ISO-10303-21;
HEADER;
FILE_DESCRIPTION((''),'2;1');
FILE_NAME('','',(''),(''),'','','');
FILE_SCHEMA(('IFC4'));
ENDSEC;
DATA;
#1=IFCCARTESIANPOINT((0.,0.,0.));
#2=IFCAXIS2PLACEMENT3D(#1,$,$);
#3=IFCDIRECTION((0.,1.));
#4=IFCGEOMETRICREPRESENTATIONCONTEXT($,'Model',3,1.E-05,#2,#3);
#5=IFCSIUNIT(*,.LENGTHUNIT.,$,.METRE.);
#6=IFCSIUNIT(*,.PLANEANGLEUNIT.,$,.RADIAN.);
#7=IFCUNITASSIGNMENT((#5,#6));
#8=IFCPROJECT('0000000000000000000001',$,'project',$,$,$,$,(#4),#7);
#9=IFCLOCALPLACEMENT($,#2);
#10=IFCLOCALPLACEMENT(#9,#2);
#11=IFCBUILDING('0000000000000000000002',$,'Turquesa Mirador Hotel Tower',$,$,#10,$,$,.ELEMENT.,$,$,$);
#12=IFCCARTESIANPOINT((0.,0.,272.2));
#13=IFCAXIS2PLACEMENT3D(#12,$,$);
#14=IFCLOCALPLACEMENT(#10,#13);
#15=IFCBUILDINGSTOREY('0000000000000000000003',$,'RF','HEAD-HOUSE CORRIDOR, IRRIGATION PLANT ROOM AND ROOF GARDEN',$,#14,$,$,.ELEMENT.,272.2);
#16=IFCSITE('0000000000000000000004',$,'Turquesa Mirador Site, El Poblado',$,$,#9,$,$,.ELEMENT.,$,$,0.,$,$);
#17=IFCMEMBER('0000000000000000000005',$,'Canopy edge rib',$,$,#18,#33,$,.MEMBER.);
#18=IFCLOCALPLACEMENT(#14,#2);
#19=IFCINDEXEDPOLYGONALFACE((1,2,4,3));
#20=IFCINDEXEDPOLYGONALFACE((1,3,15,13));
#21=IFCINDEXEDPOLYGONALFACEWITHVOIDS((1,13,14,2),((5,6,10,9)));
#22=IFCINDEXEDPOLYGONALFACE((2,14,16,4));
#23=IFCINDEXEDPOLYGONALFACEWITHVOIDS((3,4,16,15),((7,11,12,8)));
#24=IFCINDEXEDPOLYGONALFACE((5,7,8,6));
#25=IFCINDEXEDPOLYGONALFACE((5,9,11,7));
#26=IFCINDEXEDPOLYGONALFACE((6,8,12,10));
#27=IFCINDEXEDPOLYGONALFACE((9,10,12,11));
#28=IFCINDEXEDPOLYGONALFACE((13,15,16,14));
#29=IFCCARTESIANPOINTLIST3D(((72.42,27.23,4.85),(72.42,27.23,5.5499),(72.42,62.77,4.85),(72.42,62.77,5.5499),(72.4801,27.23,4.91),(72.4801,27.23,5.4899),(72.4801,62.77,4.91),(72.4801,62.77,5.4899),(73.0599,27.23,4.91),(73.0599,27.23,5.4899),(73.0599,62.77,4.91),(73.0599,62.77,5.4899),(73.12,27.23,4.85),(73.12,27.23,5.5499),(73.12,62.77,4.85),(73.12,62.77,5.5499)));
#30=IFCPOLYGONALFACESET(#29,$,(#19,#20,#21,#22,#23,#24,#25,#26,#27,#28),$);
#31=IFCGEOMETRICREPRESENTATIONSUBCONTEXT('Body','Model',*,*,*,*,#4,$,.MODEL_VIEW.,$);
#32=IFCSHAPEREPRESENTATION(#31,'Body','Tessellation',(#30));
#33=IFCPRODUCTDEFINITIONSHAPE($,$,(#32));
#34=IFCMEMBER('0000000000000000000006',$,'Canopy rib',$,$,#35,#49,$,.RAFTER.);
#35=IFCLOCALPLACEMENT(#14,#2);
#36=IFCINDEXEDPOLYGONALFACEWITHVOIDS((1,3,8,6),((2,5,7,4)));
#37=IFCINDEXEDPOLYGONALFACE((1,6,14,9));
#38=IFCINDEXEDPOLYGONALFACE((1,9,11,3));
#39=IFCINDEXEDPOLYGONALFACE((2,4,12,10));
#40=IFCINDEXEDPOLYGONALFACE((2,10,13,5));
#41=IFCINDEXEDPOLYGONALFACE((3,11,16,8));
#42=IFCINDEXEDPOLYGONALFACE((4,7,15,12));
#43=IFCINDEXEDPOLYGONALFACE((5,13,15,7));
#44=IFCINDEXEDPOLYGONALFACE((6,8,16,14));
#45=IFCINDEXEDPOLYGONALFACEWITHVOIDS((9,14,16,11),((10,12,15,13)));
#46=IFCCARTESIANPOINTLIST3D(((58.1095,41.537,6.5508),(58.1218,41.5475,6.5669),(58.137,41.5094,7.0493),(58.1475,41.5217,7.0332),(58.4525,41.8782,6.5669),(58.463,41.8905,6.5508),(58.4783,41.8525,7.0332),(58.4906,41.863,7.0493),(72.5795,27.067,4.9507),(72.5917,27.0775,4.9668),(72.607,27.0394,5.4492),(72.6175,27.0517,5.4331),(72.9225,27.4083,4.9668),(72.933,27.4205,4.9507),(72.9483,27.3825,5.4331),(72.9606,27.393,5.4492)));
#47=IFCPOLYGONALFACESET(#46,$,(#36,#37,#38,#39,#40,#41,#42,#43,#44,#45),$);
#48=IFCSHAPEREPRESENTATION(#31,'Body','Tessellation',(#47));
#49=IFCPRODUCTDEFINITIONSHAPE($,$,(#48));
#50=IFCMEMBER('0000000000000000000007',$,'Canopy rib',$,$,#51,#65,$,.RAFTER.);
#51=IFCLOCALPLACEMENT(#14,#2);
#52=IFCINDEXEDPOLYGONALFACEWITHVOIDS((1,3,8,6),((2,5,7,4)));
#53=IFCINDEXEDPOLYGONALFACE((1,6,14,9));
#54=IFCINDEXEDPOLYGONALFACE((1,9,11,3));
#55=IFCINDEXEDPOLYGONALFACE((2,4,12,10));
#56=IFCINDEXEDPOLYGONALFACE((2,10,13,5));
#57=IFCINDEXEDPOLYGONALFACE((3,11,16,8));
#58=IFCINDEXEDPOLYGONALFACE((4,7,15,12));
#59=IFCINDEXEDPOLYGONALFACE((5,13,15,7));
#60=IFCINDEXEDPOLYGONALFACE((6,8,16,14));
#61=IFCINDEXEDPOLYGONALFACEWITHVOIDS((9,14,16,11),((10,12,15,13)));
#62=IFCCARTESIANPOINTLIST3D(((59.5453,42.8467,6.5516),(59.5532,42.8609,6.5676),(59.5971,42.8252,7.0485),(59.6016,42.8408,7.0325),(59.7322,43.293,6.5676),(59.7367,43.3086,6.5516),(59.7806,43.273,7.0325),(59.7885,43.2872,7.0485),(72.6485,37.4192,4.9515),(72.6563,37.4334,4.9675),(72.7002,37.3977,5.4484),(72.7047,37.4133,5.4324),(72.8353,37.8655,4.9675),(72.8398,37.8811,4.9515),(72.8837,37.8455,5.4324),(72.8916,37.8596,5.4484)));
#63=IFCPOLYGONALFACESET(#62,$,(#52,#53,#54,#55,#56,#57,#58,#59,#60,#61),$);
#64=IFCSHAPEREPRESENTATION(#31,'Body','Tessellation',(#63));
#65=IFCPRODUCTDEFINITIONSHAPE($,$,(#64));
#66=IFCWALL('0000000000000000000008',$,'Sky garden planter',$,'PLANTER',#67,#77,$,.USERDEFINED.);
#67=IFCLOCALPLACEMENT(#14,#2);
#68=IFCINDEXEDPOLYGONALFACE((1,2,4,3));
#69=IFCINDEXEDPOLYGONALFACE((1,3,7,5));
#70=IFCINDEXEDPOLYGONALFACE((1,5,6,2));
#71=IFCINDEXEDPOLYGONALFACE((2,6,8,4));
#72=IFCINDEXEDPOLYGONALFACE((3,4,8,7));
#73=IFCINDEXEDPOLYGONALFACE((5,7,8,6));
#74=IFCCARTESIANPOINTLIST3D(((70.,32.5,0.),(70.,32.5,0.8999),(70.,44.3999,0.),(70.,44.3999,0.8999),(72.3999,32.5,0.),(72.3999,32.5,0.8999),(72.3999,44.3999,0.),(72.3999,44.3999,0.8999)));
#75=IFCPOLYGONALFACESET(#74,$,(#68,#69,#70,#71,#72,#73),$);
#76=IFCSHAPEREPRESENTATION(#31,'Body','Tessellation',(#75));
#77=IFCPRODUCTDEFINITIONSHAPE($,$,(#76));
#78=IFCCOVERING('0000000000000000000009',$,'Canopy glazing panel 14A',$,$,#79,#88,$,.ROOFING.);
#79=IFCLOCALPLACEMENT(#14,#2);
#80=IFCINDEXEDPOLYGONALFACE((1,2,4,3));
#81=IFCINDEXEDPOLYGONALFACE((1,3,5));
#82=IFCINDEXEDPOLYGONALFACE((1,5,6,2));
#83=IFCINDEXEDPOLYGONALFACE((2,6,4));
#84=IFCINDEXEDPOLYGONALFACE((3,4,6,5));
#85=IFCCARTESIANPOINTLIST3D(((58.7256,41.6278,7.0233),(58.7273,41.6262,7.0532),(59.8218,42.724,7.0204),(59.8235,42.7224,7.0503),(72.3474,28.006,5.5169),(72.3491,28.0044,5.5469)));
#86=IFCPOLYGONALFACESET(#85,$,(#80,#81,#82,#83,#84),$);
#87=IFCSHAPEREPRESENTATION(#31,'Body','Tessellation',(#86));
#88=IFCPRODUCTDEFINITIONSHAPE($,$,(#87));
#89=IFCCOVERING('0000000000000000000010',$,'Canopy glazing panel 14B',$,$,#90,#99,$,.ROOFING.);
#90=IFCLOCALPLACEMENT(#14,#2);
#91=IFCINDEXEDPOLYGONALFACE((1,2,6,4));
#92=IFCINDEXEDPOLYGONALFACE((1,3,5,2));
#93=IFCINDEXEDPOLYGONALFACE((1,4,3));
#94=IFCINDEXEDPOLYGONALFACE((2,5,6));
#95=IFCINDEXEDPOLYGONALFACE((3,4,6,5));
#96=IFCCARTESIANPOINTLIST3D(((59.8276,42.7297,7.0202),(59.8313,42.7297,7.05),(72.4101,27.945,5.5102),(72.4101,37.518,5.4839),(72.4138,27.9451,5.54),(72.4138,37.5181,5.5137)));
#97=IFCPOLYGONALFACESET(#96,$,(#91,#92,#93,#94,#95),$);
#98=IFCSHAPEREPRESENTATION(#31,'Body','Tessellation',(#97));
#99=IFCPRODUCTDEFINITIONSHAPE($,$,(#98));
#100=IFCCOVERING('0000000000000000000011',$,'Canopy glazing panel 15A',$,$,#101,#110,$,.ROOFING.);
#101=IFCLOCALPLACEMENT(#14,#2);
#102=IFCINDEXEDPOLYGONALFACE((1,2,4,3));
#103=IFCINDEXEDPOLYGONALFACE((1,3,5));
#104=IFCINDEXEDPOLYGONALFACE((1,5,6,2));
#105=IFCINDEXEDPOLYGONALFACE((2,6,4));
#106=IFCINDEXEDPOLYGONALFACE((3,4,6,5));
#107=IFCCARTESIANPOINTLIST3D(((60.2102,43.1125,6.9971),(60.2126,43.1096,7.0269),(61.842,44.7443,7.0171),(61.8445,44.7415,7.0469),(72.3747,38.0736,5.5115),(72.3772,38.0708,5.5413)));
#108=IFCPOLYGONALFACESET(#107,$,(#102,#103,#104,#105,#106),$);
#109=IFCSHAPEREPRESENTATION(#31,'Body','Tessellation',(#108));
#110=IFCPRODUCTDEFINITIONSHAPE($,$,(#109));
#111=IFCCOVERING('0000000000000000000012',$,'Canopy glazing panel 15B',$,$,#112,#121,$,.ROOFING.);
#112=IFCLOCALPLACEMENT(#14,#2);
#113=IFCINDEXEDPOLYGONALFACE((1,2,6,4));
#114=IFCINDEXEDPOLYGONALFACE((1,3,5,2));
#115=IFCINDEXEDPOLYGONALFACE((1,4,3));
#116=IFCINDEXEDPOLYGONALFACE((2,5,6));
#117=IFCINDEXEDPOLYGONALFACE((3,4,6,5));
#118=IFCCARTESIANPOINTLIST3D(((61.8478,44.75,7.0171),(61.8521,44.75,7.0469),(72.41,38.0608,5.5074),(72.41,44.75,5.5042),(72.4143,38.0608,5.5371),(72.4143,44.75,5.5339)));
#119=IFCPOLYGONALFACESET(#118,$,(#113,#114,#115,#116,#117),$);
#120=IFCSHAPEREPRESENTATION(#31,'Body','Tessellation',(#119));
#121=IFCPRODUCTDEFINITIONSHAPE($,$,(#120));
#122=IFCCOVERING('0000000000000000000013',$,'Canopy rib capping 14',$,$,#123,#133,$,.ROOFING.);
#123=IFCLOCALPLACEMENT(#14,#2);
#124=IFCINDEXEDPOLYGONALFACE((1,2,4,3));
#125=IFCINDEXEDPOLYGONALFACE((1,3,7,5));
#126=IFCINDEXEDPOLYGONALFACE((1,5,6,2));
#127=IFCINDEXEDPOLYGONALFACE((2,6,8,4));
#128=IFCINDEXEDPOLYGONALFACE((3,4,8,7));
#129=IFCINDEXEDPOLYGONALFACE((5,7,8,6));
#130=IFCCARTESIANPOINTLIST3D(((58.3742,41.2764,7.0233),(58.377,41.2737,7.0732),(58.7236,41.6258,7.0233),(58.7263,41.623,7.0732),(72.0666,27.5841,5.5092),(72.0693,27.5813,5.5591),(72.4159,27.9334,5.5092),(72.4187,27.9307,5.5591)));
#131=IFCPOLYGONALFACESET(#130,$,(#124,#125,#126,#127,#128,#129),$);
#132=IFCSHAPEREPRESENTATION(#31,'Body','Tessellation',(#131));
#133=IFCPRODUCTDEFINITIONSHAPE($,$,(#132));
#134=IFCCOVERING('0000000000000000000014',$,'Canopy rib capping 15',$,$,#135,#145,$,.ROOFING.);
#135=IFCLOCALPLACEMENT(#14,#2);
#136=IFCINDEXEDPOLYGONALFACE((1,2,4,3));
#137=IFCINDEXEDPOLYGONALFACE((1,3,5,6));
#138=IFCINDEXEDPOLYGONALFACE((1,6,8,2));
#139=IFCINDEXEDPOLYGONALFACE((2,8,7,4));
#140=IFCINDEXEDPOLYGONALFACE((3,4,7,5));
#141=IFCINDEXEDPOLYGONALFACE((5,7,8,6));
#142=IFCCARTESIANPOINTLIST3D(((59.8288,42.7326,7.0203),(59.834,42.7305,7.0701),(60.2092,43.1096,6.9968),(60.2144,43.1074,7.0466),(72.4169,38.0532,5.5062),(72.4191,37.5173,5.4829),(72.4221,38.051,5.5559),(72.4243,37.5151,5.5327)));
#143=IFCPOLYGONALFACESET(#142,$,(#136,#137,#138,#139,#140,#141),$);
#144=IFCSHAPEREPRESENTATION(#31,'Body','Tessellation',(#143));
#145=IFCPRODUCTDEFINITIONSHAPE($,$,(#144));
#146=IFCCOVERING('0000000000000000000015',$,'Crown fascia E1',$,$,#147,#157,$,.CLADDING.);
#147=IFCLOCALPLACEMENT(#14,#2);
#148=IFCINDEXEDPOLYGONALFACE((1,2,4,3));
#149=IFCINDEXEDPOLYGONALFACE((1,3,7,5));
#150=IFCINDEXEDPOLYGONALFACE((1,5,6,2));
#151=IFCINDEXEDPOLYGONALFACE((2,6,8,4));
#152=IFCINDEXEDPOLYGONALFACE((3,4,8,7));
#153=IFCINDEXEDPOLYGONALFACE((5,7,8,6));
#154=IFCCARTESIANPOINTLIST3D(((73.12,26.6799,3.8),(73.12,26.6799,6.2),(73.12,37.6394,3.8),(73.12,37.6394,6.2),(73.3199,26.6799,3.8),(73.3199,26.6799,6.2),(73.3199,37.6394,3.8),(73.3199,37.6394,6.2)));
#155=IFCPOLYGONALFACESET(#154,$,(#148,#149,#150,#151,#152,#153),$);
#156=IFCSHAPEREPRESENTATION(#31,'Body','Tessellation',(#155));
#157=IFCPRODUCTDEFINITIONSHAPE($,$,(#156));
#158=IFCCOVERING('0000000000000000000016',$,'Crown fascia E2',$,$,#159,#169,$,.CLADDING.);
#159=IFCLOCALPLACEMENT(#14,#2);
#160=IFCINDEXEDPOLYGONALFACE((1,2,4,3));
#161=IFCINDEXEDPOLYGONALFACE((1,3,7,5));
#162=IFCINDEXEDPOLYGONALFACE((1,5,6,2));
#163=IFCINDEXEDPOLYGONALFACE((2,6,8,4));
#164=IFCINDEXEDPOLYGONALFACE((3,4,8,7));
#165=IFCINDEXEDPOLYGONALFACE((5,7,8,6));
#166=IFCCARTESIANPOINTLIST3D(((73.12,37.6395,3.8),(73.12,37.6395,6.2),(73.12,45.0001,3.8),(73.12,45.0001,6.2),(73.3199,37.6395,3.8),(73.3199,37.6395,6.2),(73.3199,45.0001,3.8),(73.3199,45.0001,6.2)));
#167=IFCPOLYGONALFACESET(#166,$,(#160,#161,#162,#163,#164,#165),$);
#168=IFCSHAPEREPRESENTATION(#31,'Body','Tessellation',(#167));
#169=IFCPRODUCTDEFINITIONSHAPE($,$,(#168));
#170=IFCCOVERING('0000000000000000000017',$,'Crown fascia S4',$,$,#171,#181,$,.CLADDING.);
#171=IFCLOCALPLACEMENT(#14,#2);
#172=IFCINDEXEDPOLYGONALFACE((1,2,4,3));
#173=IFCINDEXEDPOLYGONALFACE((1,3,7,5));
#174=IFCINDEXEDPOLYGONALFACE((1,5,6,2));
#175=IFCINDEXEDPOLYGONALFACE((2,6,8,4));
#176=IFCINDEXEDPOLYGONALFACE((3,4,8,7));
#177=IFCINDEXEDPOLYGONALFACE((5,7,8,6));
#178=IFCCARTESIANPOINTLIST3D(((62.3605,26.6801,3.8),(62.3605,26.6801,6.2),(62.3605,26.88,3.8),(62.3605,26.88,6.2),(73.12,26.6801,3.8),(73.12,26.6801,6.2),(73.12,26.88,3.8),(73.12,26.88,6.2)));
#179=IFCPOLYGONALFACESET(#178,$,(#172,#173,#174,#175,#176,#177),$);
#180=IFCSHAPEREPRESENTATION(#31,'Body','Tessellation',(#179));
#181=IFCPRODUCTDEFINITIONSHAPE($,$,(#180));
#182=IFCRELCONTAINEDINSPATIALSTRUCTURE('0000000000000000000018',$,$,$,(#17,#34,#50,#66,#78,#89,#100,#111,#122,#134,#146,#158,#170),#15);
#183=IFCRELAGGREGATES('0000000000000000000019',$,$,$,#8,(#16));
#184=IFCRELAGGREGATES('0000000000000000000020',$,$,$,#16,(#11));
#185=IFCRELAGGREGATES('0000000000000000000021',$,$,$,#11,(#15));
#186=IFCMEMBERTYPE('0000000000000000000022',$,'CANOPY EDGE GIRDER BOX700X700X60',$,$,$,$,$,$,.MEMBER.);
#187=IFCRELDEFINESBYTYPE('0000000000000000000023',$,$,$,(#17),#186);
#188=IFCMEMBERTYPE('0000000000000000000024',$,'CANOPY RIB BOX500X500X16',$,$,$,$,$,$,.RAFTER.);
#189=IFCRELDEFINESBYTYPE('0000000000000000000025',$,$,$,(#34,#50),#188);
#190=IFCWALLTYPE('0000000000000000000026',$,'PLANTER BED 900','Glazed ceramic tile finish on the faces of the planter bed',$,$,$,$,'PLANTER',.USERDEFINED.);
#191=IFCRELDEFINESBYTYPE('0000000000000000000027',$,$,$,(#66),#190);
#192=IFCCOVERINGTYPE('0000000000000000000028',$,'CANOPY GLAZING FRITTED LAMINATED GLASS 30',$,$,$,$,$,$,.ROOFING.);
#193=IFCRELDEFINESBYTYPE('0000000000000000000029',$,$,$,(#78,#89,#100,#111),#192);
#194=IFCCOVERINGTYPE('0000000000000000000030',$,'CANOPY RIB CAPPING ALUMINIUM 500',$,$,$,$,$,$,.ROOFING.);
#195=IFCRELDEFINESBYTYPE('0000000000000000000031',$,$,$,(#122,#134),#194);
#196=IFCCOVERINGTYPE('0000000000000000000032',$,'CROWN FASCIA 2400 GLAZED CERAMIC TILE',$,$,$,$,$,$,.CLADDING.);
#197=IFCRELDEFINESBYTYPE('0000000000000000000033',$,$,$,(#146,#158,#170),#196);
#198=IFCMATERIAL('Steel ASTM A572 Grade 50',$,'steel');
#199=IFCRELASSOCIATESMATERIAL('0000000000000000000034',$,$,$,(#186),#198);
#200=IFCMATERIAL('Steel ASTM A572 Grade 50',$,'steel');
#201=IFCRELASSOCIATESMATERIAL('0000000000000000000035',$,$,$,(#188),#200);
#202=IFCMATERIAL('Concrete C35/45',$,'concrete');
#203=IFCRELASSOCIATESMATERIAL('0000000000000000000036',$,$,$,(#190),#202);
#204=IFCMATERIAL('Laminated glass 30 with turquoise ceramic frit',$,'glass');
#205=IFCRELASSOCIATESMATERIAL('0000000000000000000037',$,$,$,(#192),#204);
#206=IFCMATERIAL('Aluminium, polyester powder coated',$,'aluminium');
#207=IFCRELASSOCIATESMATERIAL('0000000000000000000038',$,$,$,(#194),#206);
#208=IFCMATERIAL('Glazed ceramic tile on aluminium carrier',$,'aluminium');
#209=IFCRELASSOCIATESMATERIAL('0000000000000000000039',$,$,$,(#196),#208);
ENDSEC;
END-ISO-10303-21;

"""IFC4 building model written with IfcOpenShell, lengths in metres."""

from ifc_helpers import new_model, si_unit, direction, frame, origin, origin_2d, place, context, subcontext, project, spatial, polyline, rectangle, hollow_rectangle, outline, extrude, material, material_profile, profile_set, type_object, element, save


model = new_model("IFC4")

# Units and contexts
model_context = context("Model", 3, precision=1e-05, world=origin(), true_north=direction((0.0, 1.0)))
body_context = subcontext(model_context, "Body", "Model", "MODEL_VIEW")
ifc_project = project(units=[si_unit("LENGTHUNIT", "METRE"), si_unit("PLANEANGLEUNIT", "RADIAN")], contexts=[model_context])

# Site, building, storey
site_placement = place(None, origin())
site = spatial("IfcSite", under=ifc_project, at=site_placement, Name="Turquesa Mirador Site, El Poblado", CompositionType="ELEMENT", RefElevation=0.0)
building_placement = place(site_placement, origin())
building = spatial("IfcBuilding", under=site, at=building_placement, Name="Turquesa Mirador Hotel Tower", CompositionType="ELEMENT")
storey_placement = place(building_placement, frame((0.0, 0.0, 272.2)))
storey = spatial("IfcBuildingStorey", under=building, at=storey_placement, Name="RF", Description="HEAD-HOUSE CORRIDOR, IRRIGATION PLANT ROOM AND ROOF GARDEN", CompositionType="ELEMENT", Elevation=272.2)

# Members
ifc_material_1 = material(Name="Steel ASTM A572 Grade 50", Category="steel")
ifc_material_profile_1 = material_profile(ifc_material_1, hollow_rectangle(XDim=0.7, YDim=0.7, WallThickness=0.0601, at=origin_2d()), Name="BOX700X700X60")
ifc_profile_set_1 = profile_set([ifc_material_profile_1], Name="Steel ASTM A572 Grade 50")
member_type_1 = type_object("IfcMemberType", Name="CANOPY EDGE GIRDER BOX700X700X60", PredefinedType="MEMBER", material=ifc_profile_set_1)
member_1_placement = place(storey_placement, frame((72.77, 27.23, 5.2), z_axis=(0.0, 1.0, 0.0), x_axis=(-1.0, 0.0, 0.0)))
element("IfcMember", 1, at=member_1_placement, inside=storey, type_object=member_type_1, Name="Canopy edge rib", PredefinedType="MEMBER", context=body_context, shape_type="SweptSolid", body=[
    extrude(hollow_rectangle(XDim=0.7, YDim=0.7, WallThickness=0.0601, at=origin_2d()), origin(), (0.0, 0.0, 1.0), 35.54),
])
ifc_material_2 = material(Name="Steel ASTM A572 Grade 50", Category="steel")
ifc_material_profile_2 = material_profile(ifc_material_2, hollow_rectangle(XDim=0.5, YDim=0.5, WallThickness=0.0161, at=origin_2d()), Name="BOX500X500X16")
ifc_profile_set_2 = profile_set([ifc_material_profile_2], Name="Steel ASTM A572 Grade 50")
member_type_2 = type_object("IfcMemberType", Name="CANOPY RIB BOX500X500X16", PredefinedType="RAFTER", material=ifc_profile_set_2)
member_2_placement = place(storey_placement, frame((72.77, 27.23, 5.2), z_axis=(-0.704955, 0.704955, 0.077954), x_axis=(-0.707107, -0.707107, 0.0)))
element("IfcMember", 2, at=member_2_placement, inside=storey, type_object=member_type_2, Name="Canopy rib", PredefinedType="RAFTER", context=body_context, shape_type="SweptSolid", body=[
    extrude(hollow_rectangle(XDim=0.5, YDim=0.5, WallThickness=0.0161, at=origin_2d()), origin(), (0.0, 0.0, 1.0), 20.5261),
])
member_3_placement = place(storey_placement, frame((72.77, 37.6394, 5.2), z_axis=(-0.918054, 0.380273, 0.11211), x_axis=(-0.382686, -0.923879, 0.0)))
element("IfcMember", 3, at=member_3_placement, inside=storey, type_object=member_type_2, Name="Canopy rib", PredefinedType="RAFTER", context=body_context, shape_type="SweptSolid", body=[
    extrude(hollow_rectangle(XDim=0.5, YDim=0.5, WallThickness=0.0161, at=origin_2d()), origin(), (0.0, 0.0, 1.0), 14.2727),
])

# Wall
ifc_material_3 = material(Name="Concrete C35/45", Category="concrete")
wall_type = type_object("IfcWallType", Name="PLANTER BED 900", Description="Glazed ceramic tile finish on the faces of the planter bed", ElementType="PLANTER", PredefinedType="USERDEFINED", material=ifc_material_3)
wall_placement = place(storey_placement, frame((71.2, 38.45, 0.0), z_axis=(0.0, 0.0, 1.0), x_axis=(1.0, 0.0, 0.0)))
element("IfcWall", 4, at=wall_placement, inside=storey, type_object=wall_type, Name="Sky garden planter", ObjectType="PLANTER", PredefinedType="USERDEFINED", context=body_context, shape_type="SweptSolid", body=[
    extrude(rectangle(XDim=2.3999, YDim=11.8999, at=origin_2d()), origin(), (0.0, 0.0, 1.0), 0.8999),
])

# Coverings
ifc_material_4 = material(Name="Laminated glass 30 with turquoise ceramic frit", Category="glass")
covering_type_1 = type_object("IfcCoveringType", Name="CANOPY GLAZING FRITTED LAMINATED GLASS 30", PredefinedType="ROOFING", material=ifc_material_4)
covering_1_placement = place(storey_placement, frame((72.3491, 28.0044, 5.5469), z_axis=(0.056456, -0.053791, 0.996955), x_axis=(-0.704955, 0.704955, 0.077956)))
element("IfcCovering", 5, at=covering_1_placement, inside=storey, type_object=covering_type_1, Name="Canopy glazing panel 14A", PredefinedType="ROOFING", context=body_context, shape_type="SweptSolid", body=[
    extrude(outline(polyline([(0.0, 0.0), (19.323, 0.0), (19.3227, -1.5503), (0.0, 0.0)])), origin(), (0.0, 0.0, -1.0), 0.03),
])
covering_2_placement = place(storey_placement, frame((72.4138, 27.9451, 5.54), z_axis=(0.122319, 0.002734, 0.992487), x_axis=(-0.646162, 0.759251, 0.077545)))
element("IfcCovering", 6, at=covering_2_placement, inside=storey, type_object=covering_type_1, Name="Canopy glazing panel 14B", PredefinedType="ROOFING", context=body_context, shape_type="SweptSolid", body=[
    extrude(outline(polyline([(0.0, 0.0), (19.4727, 0.0), (7.2663, -6.2325), (0.0, 0.0)])), origin(), (0.0, 0.0, -1.0), 0.03),
])
covering_3_placement = place(storey_placement, frame((72.3772, 38.0708, 5.5413), z_axis=(0.082112, -0.094284, 0.992153), x_axis=(-0.918052, 0.380277, 0.112117)))
element("IfcCovering", 7, at=covering_3_placement, inside=storey, type_object=covering_type_1, Name="Canopy glazing panel 15A", PredefinedType="ROOFING", context=body_context, shape_type="SweptSolid", body=[
    extrude(outline(polyline([(0.0, 0.0), (13.2504, 0.0), (12.3751, -2.1354), (0.0, 0.0)])), origin(), (0.0, 0.0, -1.0), 0.03),
])
covering_4_placement = place(storey_placement, frame((72.4143, 38.0608, 5.5371), z_axis=(0.141793, 0.00047, 0.989896), x_axis=(-0.838734, 0.531181, 0.119888)))
element("IfcCovering", 8, at=covering_4_placement, inside=storey, type_object=covering_type_1, Name="Canopy glazing panel 15B", PredefinedType="ROOFING", context=body_context, shape_type="SweptSolid", body=[
    extrude(outline(polyline([(0.0, 0.0), (12.5931, 0.0), (3.5528, -5.6677), (0.0, 0.0)])), origin(), (0.0, 0.0, -1.0), 0.03),
])
ifc_material_5 = material(Name="Aluminium, polyester powder coated", Category="aluminium")
covering_type_2 = type_object("IfcCoveringType", Name="CANOPY RIB CAPPING ALUMINIUM 500", PredefinedType="ROOFING", material=ifc_material_5)
covering_5_placement = place(storey_placement, frame((72.4187, 27.9307, 5.5591), z_axis=(0.055124, -0.055124, 0.996957), x_axis=(-0.704955, 0.704955, 0.077957)))
element("IfcCovering", 9, at=covering_5_placement, inside=storey, type_object=covering_type_2, Name="Canopy rib capping 14", PredefinedType="ROOFING", context=body_context, shape_type="SweptSolid", body=[
    extrude(outline(polyline([(0.0, 0.0), (19.4231, 0.0), (19.4231, 0.4941), (0.0, 0.4941), (0.0, 0.0)])), origin(), (0.0, 0.0, -1.0), 0.05),
])
covering_6_placement = place(storey_placement, frame((72.4221, 38.051, 5.5559), z_axis=(0.103661, -0.042679, 0.993697), x_axis=(-0.918062, 0.380257, 0.112103)))
element("IfcCovering", 10, at=covering_6_placement, inside=storey, type_object=covering_type_2, Name="Canopy rib capping 15", PredefinedType="ROOFING", context=body_context, shape_type="SweptSolid", body=[
    extrude(outline(polyline([(0.0, 0.0), (13.2973, 0.0), (13.5058, 0.4938), (-0.2084, 0.4943), (0.0, 0.0)])), origin(), (0.0, 0.0, -1.0), 0.05),
])
ifc_material_6 = material(Name="Glazed ceramic tile on aluminium carrier", Category="aluminium")
covering_type_3 = type_object("IfcCoveringType", Name="CROWN FASCIA 2400 GLAZED CERAMIC TILE", PredefinedType="CLADDING", material=ifc_material_6)
covering_7_placement = place(storey_placement, frame((73.22, 32.1597, 3.8), z_axis=(0.0, 0.0, 1.0), x_axis=(1.0, 0.0, 0.0)))
element("IfcCovering", 11, at=covering_7_placement, inside=storey, type_object=covering_type_3, Name="Crown fascia E1", PredefinedType="CLADDING", context=body_context, shape_type="SweptSolid", body=[
    extrude(rectangle(XDim=0.2, YDim=10.9595, at=origin_2d()), origin(), (0.0, 0.0, 1.0), 2.3999),
])
covering_8_placement = place(storey_placement, frame((73.22, 41.3198, 3.8), z_axis=(0.0, 0.0, 1.0), x_axis=(1.0, 0.0, 0.0)))
element("IfcCovering", 12, at=covering_8_placement, inside=storey, type_object=covering_type_3, Name="Crown fascia E2", PredefinedType="CLADDING", context=body_context, shape_type="SweptSolid", body=[
    extrude(rectangle(XDim=0.2, YDim=7.3606, at=origin_2d()), origin(), (0.0, 0.0, 1.0), 2.3999),
])
covering_9_placement = place(storey_placement, frame((67.7402, 26.78, 3.8), z_axis=(0.0, 0.0, 1.0), x_axis=(1.0, 0.0, 0.0)))
element("IfcCovering", 13, at=covering_9_placement, inside=storey, type_object=covering_type_3, Name="Crown fascia S4", PredefinedType="CLADDING", context=body_context, shape_type="SweptSolid", body=[
    extrude(rectangle(XDim=10.7595, YDim=0.2, at=origin_2d()), origin(), (0.0, 0.0, 1.0), 2.3999),
])

save(model, "model.ifc")
